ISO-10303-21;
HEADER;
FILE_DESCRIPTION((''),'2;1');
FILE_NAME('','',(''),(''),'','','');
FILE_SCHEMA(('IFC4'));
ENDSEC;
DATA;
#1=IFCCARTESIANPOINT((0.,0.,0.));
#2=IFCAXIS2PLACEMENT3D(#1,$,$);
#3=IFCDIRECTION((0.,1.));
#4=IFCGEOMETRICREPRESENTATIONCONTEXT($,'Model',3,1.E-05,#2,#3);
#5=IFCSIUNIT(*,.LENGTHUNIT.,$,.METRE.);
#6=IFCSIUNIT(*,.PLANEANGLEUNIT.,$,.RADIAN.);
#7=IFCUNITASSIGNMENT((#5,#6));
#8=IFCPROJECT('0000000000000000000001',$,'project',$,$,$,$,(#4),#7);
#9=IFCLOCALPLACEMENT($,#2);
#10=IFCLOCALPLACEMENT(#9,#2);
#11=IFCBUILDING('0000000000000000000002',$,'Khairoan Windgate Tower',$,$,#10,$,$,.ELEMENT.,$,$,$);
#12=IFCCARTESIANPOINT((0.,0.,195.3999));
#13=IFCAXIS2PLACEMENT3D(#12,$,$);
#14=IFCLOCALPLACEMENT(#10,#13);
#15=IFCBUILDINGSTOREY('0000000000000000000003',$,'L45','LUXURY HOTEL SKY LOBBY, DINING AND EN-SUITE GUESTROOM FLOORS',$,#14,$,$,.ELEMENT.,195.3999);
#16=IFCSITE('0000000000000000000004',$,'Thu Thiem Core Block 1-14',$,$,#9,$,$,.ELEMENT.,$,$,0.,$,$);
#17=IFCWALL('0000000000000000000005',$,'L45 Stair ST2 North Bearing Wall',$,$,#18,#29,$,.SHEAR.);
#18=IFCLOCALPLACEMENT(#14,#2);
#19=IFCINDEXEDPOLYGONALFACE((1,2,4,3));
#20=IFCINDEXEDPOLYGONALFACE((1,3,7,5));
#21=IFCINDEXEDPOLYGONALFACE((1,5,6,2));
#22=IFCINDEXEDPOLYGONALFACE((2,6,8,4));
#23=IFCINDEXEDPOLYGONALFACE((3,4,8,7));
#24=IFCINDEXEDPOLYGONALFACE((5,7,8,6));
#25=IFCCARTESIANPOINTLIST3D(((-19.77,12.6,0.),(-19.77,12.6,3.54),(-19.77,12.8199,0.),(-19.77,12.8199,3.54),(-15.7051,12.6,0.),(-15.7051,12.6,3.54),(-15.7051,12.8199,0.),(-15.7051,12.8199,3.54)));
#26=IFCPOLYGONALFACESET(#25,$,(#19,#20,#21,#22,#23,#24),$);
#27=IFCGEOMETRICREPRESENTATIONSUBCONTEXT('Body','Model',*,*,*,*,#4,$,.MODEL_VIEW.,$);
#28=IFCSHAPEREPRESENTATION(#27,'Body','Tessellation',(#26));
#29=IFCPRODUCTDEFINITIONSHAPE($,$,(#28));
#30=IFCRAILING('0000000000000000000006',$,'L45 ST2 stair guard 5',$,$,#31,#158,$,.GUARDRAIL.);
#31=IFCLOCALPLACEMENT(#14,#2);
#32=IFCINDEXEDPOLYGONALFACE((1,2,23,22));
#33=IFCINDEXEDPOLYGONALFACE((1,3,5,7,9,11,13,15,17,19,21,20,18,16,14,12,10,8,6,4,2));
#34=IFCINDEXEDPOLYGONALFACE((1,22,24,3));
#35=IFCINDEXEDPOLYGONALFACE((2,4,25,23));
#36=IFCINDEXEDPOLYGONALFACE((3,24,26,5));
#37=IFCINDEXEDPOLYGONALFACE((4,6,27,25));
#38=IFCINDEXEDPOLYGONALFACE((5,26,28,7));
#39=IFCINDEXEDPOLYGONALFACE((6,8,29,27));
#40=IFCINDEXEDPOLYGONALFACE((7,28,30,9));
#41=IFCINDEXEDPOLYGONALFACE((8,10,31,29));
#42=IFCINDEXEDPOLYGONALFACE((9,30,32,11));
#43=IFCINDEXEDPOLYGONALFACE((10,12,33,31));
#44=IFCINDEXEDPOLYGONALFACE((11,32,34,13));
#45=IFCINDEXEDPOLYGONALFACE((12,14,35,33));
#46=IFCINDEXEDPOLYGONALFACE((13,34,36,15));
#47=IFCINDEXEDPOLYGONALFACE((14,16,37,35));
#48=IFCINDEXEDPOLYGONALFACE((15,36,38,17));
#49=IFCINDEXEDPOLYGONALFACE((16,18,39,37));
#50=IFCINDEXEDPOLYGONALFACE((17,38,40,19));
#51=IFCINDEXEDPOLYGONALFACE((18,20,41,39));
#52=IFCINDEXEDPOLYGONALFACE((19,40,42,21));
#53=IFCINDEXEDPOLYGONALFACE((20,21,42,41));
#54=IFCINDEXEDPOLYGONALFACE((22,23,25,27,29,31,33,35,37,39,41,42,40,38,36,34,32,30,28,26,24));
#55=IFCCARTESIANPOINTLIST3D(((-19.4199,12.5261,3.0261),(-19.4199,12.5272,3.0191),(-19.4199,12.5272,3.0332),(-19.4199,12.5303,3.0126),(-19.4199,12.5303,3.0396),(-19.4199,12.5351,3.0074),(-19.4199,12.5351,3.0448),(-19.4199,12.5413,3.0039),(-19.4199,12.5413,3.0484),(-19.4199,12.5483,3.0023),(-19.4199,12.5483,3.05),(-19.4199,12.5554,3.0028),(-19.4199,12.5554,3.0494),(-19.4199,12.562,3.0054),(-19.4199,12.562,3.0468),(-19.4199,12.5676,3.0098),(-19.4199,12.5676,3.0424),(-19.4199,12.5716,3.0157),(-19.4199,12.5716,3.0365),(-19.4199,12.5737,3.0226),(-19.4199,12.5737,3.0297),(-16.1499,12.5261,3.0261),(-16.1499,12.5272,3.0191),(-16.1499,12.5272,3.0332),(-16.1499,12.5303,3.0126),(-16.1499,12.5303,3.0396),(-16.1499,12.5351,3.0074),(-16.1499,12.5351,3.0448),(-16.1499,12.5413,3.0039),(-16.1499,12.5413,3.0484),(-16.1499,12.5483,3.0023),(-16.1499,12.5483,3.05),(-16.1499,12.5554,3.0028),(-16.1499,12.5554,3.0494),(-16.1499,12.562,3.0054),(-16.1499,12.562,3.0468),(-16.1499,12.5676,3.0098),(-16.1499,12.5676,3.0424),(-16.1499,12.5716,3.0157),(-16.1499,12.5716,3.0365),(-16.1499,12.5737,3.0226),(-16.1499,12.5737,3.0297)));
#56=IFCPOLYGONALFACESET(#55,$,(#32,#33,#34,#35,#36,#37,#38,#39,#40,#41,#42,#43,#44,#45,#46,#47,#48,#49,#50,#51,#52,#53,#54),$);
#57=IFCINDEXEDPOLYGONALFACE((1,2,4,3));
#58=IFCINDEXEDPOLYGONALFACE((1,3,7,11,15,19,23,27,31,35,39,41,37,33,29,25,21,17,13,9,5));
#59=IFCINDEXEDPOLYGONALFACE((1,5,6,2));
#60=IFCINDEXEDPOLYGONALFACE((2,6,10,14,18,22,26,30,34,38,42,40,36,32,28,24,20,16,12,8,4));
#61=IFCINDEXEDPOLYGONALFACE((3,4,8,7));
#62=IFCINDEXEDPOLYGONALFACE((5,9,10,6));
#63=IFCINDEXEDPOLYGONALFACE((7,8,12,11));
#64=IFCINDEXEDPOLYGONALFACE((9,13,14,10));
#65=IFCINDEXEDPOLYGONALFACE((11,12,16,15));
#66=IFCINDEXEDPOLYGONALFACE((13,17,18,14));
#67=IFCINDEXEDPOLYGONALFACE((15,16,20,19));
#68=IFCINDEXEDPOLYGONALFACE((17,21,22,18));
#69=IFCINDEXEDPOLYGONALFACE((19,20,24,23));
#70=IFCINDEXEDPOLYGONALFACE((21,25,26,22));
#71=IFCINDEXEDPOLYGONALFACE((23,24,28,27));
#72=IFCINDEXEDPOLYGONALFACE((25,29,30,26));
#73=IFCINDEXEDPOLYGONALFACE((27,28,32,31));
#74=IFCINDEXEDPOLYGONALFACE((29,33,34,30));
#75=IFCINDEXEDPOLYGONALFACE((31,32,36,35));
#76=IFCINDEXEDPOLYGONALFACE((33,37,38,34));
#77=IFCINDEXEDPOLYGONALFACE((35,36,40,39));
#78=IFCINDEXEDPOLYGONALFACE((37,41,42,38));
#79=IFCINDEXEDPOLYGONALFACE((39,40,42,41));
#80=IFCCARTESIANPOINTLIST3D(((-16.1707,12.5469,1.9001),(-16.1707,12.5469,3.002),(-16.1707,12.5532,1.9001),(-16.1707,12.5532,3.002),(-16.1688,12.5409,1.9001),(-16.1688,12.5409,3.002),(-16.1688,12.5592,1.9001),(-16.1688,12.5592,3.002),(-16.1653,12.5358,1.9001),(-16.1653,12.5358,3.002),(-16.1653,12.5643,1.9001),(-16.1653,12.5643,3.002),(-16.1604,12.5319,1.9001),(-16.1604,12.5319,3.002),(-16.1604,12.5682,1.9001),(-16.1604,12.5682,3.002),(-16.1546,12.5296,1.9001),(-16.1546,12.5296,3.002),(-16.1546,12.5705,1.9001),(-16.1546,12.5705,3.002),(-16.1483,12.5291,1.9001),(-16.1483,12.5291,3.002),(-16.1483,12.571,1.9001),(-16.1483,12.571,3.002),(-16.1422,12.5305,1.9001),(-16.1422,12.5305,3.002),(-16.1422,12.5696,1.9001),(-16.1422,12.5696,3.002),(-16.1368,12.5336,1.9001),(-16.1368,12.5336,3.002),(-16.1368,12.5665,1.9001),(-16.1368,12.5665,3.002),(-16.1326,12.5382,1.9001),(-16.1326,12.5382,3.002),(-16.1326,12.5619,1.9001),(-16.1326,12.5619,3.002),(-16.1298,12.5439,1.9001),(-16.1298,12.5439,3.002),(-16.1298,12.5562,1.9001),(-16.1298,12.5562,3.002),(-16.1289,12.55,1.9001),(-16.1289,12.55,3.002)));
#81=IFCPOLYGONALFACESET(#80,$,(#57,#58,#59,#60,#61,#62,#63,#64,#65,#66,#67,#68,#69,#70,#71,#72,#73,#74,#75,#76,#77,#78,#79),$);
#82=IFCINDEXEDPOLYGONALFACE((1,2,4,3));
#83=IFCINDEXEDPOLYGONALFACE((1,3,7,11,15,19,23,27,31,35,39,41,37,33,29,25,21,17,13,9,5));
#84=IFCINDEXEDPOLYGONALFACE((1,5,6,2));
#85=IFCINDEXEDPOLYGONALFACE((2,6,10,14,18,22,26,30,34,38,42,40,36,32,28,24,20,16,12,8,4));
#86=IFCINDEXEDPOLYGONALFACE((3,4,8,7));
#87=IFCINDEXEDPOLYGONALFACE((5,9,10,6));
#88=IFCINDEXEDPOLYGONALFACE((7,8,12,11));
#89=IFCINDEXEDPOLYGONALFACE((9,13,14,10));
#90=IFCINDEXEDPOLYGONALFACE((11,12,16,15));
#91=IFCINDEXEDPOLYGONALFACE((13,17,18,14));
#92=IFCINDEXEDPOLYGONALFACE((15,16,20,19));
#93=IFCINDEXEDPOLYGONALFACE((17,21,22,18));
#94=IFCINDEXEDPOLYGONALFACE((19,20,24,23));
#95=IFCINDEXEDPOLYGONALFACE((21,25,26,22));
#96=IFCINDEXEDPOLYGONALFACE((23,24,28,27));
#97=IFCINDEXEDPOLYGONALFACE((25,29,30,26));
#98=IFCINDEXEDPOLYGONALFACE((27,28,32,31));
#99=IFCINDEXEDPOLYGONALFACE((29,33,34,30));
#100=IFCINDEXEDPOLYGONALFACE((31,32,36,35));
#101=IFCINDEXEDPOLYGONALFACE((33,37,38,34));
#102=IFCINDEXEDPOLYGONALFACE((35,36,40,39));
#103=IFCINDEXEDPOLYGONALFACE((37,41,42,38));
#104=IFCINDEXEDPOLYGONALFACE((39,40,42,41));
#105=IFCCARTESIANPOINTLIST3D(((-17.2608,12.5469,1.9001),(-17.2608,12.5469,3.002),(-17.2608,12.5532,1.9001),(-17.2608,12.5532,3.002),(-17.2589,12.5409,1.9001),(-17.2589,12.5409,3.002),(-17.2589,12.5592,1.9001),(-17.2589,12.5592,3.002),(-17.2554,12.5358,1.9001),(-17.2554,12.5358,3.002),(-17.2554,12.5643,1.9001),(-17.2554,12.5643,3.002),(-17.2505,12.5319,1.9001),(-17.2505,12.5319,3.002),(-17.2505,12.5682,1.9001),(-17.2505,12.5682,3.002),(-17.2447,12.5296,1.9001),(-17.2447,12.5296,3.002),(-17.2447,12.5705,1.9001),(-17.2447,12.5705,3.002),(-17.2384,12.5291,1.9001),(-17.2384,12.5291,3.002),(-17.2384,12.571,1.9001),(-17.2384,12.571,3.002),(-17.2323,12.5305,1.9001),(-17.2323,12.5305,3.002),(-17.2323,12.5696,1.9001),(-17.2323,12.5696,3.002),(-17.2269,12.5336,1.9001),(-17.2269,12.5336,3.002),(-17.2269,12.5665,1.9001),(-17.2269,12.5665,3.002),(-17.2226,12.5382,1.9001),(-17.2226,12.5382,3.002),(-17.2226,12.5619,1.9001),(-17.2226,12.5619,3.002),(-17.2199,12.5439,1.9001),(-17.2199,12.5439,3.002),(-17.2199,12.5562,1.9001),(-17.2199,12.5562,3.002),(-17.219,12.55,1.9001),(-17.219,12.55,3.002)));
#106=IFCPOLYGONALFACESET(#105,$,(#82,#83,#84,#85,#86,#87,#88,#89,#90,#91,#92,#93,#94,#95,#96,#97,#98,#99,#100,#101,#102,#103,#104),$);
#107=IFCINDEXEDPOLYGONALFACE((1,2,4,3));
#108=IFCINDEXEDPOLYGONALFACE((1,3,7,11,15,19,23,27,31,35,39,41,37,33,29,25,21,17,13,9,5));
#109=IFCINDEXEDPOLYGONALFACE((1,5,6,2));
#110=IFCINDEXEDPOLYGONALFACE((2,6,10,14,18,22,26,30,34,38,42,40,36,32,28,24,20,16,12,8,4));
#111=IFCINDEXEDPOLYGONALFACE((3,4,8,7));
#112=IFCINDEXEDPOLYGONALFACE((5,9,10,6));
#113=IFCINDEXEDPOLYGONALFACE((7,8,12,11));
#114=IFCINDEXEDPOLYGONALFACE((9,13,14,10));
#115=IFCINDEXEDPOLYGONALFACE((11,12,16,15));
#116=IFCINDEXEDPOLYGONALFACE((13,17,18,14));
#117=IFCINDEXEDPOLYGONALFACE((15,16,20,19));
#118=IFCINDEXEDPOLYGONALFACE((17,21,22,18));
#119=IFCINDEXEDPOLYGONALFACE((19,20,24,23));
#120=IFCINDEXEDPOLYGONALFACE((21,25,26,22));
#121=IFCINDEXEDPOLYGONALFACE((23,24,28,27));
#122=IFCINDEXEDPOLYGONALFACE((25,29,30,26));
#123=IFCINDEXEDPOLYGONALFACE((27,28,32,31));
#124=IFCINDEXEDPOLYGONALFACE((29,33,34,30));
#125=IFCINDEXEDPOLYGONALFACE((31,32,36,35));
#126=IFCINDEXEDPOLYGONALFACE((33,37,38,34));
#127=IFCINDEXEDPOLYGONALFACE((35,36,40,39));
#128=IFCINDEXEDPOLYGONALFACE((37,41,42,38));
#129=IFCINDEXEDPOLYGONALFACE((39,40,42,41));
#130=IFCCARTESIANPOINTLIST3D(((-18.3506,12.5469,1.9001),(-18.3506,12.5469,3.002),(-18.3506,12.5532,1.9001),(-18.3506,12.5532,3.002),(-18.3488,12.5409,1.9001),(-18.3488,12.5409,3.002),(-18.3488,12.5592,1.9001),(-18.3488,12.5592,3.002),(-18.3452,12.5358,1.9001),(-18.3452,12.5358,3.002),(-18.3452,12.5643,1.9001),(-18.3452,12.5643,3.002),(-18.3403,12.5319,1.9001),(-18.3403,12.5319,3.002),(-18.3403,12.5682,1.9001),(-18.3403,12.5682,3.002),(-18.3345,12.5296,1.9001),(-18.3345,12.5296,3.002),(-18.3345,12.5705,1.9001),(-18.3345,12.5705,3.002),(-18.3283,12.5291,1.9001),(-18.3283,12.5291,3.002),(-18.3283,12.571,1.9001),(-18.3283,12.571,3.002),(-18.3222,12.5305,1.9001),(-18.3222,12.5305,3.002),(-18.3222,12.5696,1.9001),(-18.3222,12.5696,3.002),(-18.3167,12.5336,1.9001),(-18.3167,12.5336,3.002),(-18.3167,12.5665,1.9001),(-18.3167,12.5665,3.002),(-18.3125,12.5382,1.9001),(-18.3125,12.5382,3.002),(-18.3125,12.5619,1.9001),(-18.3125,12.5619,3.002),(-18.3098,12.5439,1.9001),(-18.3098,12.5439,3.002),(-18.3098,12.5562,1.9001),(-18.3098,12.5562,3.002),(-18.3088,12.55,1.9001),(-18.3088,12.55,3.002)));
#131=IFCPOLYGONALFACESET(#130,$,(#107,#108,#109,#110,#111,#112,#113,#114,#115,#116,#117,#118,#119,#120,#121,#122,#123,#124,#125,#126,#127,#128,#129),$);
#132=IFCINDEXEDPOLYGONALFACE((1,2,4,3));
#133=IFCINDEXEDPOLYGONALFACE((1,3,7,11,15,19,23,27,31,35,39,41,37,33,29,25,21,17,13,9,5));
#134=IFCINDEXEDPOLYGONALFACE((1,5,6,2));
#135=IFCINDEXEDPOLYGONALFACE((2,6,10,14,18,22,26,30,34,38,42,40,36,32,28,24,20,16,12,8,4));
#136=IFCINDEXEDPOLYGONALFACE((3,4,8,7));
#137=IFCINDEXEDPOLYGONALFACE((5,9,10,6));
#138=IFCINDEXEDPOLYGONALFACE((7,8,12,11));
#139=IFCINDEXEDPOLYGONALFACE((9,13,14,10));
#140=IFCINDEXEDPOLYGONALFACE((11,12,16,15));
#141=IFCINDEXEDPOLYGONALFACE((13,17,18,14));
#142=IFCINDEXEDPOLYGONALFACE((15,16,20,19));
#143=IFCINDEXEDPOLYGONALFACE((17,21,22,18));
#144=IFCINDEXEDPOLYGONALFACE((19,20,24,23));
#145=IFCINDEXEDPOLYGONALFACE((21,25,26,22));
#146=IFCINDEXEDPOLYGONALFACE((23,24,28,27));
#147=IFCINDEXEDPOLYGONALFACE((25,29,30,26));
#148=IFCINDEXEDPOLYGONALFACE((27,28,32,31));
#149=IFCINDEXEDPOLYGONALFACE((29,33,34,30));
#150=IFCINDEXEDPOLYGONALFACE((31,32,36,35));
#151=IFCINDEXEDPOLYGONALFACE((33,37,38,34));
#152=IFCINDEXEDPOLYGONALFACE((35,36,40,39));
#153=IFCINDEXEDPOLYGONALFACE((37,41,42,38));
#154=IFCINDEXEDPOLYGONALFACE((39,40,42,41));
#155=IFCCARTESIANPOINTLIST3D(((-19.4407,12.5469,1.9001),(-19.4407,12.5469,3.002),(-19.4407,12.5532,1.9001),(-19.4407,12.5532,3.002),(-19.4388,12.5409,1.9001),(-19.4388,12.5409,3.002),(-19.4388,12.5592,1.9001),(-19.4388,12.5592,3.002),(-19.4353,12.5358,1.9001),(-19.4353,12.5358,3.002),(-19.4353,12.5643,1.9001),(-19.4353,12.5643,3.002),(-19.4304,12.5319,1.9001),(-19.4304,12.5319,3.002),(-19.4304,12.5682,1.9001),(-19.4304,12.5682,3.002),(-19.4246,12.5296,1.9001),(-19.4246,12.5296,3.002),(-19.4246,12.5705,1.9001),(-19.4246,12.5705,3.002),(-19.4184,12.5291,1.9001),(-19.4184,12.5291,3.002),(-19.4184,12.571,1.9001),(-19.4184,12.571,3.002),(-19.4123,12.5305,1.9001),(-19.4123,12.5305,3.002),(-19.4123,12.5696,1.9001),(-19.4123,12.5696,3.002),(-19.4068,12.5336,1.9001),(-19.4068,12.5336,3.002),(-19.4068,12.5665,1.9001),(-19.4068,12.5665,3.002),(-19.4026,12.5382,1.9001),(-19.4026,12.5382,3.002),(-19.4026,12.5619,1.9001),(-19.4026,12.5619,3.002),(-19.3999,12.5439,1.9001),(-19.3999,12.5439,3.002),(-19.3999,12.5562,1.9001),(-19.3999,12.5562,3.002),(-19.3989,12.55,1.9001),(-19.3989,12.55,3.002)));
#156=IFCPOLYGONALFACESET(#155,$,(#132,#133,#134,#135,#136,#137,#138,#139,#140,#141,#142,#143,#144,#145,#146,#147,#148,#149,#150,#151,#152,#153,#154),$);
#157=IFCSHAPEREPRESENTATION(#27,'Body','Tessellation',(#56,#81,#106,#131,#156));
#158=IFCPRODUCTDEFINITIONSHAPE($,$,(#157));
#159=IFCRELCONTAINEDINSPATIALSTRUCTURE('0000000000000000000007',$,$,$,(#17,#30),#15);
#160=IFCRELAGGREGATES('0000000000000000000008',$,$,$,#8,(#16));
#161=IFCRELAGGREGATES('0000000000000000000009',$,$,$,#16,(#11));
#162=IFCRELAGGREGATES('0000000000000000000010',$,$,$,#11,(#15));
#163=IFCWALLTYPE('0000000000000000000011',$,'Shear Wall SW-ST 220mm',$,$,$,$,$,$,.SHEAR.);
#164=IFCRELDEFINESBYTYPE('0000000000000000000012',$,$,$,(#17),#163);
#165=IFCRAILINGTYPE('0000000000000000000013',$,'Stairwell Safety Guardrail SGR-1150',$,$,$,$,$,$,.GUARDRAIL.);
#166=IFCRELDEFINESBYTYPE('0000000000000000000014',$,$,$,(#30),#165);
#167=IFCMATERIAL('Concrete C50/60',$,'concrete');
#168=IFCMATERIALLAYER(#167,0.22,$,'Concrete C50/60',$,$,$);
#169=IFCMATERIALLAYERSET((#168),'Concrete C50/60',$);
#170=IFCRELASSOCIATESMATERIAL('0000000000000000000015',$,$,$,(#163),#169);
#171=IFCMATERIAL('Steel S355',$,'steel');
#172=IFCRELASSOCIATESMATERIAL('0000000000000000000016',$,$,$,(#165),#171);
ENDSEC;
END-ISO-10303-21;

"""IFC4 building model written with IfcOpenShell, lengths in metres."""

from ifc_helpers import new_model, si_unit, direction, frame, frame_2d, origin, origin_2d, place, context, subcontext, project, spatial, rectangle, circle, extrude, material, layer, layer_set, type_object, element, save


model = new_model("IFC4")

# Units and contexts
model_context = context("Model", 3, precision=1e-05, world=origin(), true_north=direction((0.0, 1.0)))
body_context = subcontext(model_context, "Body", "Model", "MODEL_VIEW")
ifc_project = project(units=[si_unit("LENGTHUNIT", "METRE"), si_unit("PLANEANGLEUNIT", "RADIAN")], contexts=[model_context])

# Site, building, storey
site_placement = place(None, origin())
site = spatial("IfcSite", under=ifc_project, at=site_placement, Name="Thu Thiem Core Block 1-14", CompositionType="ELEMENT", RefElevation=0.0)
building_placement = place(site_placement, origin())
building = spatial("IfcBuilding", under=site, at=building_placement, Name="Khairoan Windgate Tower", CompositionType="ELEMENT")
storey_placement = place(building_placement, frame((0.0, 0.0, 195.3999)))
storey = spatial("IfcBuildingStorey", under=building, at=storey_placement, Name="L45", Description="LUXURY HOTEL SKY LOBBY, DINING AND EN-SUITE GUESTROOM FLOORS", CompositionType="ELEMENT", Elevation=195.3999)

# Wall
ifc_material_1 = material(Name="Concrete C50/60", Category="concrete")
ifc_layer_1 = layer(ifc_material_1, 0.22, Name="Concrete C50/60")
ifc_layer_set_1 = layer_set([ifc_layer_1], Name="Concrete C50/60")
wall_type_1 = type_object("IfcWallType", Name="Shear Wall SW-ST 220mm", PredefinedType="SHEAR", material=ifc_layer_set_1)
wall_1_placement = place(storey_placement, frame((-19.77, 12.71, 0.0), z_axis=(0.0, 0.0, 1.0), x_axis=(1.0, 0.0, 0.0)))
element("IfcWall", 1, at=wall_1_placement, inside=storey, type_object=wall_type_1, Name="L45 Stair ST2 North Bearing Wall", PredefinedType="SHEAR", context=body_context, shape_type="SweptSolid", body=[
    extrude(rectangle(XDim=4.0649, YDim=0.22, at=frame_2d((2.0325, 0.0))), origin(), (0.0, 0.0, 1.0), 3.54),
])

# Railing
ifc_material_2 = material(Name="Steel S355", Category="steel")
railing_type = type_object("IfcRailingType", Name="Stairwell Safety Guardrail SGR-1150", PredefinedType="GUARDRAIL", material=ifc_material_2)
railing_1_placement = place(storey_placement, frame((-16.1499, 12.55, 1.9001)))
element("IfcRailing", 2, at=railing_1_placement, inside=storey, type_object=railing_type, Name="L45 ST2 stair guard 5", PredefinedType="GUARDRAIL", context=body_context, shape_type="SweptSolid", body=[
    extrude(circle(Radius=0.0239, at=origin_2d()), frame((0.0, 0.0, 1.126), z_axis=(-1.0, 0.0, 0.0), x_axis=(0.0, -1.0, 0.0)), (0.0, 0.0, 1.0), 3.27),
    extrude(circle(Radius=0.021, at=origin_2d()), origin(), (0.0, 0.0, 1.0), 1.1018),
    extrude(circle(Radius=0.021, at=origin_2d()), frame((-1.0901, 0.0, 0.0)), (0.0, 0.0, 1.0), 1.1018),
    extrude(circle(Radius=0.021, at=origin_2d()), frame((-2.1799, 0.0, 0.0)), (0.0, 0.0, 1.0), 1.1018),
    extrude(circle(Radius=0.021, at=origin_2d()), frame((-3.27, 0.0, 0.0)), (0.0, 0.0, 1.0), 1.1018),
])

save(model, "model.ifc")
